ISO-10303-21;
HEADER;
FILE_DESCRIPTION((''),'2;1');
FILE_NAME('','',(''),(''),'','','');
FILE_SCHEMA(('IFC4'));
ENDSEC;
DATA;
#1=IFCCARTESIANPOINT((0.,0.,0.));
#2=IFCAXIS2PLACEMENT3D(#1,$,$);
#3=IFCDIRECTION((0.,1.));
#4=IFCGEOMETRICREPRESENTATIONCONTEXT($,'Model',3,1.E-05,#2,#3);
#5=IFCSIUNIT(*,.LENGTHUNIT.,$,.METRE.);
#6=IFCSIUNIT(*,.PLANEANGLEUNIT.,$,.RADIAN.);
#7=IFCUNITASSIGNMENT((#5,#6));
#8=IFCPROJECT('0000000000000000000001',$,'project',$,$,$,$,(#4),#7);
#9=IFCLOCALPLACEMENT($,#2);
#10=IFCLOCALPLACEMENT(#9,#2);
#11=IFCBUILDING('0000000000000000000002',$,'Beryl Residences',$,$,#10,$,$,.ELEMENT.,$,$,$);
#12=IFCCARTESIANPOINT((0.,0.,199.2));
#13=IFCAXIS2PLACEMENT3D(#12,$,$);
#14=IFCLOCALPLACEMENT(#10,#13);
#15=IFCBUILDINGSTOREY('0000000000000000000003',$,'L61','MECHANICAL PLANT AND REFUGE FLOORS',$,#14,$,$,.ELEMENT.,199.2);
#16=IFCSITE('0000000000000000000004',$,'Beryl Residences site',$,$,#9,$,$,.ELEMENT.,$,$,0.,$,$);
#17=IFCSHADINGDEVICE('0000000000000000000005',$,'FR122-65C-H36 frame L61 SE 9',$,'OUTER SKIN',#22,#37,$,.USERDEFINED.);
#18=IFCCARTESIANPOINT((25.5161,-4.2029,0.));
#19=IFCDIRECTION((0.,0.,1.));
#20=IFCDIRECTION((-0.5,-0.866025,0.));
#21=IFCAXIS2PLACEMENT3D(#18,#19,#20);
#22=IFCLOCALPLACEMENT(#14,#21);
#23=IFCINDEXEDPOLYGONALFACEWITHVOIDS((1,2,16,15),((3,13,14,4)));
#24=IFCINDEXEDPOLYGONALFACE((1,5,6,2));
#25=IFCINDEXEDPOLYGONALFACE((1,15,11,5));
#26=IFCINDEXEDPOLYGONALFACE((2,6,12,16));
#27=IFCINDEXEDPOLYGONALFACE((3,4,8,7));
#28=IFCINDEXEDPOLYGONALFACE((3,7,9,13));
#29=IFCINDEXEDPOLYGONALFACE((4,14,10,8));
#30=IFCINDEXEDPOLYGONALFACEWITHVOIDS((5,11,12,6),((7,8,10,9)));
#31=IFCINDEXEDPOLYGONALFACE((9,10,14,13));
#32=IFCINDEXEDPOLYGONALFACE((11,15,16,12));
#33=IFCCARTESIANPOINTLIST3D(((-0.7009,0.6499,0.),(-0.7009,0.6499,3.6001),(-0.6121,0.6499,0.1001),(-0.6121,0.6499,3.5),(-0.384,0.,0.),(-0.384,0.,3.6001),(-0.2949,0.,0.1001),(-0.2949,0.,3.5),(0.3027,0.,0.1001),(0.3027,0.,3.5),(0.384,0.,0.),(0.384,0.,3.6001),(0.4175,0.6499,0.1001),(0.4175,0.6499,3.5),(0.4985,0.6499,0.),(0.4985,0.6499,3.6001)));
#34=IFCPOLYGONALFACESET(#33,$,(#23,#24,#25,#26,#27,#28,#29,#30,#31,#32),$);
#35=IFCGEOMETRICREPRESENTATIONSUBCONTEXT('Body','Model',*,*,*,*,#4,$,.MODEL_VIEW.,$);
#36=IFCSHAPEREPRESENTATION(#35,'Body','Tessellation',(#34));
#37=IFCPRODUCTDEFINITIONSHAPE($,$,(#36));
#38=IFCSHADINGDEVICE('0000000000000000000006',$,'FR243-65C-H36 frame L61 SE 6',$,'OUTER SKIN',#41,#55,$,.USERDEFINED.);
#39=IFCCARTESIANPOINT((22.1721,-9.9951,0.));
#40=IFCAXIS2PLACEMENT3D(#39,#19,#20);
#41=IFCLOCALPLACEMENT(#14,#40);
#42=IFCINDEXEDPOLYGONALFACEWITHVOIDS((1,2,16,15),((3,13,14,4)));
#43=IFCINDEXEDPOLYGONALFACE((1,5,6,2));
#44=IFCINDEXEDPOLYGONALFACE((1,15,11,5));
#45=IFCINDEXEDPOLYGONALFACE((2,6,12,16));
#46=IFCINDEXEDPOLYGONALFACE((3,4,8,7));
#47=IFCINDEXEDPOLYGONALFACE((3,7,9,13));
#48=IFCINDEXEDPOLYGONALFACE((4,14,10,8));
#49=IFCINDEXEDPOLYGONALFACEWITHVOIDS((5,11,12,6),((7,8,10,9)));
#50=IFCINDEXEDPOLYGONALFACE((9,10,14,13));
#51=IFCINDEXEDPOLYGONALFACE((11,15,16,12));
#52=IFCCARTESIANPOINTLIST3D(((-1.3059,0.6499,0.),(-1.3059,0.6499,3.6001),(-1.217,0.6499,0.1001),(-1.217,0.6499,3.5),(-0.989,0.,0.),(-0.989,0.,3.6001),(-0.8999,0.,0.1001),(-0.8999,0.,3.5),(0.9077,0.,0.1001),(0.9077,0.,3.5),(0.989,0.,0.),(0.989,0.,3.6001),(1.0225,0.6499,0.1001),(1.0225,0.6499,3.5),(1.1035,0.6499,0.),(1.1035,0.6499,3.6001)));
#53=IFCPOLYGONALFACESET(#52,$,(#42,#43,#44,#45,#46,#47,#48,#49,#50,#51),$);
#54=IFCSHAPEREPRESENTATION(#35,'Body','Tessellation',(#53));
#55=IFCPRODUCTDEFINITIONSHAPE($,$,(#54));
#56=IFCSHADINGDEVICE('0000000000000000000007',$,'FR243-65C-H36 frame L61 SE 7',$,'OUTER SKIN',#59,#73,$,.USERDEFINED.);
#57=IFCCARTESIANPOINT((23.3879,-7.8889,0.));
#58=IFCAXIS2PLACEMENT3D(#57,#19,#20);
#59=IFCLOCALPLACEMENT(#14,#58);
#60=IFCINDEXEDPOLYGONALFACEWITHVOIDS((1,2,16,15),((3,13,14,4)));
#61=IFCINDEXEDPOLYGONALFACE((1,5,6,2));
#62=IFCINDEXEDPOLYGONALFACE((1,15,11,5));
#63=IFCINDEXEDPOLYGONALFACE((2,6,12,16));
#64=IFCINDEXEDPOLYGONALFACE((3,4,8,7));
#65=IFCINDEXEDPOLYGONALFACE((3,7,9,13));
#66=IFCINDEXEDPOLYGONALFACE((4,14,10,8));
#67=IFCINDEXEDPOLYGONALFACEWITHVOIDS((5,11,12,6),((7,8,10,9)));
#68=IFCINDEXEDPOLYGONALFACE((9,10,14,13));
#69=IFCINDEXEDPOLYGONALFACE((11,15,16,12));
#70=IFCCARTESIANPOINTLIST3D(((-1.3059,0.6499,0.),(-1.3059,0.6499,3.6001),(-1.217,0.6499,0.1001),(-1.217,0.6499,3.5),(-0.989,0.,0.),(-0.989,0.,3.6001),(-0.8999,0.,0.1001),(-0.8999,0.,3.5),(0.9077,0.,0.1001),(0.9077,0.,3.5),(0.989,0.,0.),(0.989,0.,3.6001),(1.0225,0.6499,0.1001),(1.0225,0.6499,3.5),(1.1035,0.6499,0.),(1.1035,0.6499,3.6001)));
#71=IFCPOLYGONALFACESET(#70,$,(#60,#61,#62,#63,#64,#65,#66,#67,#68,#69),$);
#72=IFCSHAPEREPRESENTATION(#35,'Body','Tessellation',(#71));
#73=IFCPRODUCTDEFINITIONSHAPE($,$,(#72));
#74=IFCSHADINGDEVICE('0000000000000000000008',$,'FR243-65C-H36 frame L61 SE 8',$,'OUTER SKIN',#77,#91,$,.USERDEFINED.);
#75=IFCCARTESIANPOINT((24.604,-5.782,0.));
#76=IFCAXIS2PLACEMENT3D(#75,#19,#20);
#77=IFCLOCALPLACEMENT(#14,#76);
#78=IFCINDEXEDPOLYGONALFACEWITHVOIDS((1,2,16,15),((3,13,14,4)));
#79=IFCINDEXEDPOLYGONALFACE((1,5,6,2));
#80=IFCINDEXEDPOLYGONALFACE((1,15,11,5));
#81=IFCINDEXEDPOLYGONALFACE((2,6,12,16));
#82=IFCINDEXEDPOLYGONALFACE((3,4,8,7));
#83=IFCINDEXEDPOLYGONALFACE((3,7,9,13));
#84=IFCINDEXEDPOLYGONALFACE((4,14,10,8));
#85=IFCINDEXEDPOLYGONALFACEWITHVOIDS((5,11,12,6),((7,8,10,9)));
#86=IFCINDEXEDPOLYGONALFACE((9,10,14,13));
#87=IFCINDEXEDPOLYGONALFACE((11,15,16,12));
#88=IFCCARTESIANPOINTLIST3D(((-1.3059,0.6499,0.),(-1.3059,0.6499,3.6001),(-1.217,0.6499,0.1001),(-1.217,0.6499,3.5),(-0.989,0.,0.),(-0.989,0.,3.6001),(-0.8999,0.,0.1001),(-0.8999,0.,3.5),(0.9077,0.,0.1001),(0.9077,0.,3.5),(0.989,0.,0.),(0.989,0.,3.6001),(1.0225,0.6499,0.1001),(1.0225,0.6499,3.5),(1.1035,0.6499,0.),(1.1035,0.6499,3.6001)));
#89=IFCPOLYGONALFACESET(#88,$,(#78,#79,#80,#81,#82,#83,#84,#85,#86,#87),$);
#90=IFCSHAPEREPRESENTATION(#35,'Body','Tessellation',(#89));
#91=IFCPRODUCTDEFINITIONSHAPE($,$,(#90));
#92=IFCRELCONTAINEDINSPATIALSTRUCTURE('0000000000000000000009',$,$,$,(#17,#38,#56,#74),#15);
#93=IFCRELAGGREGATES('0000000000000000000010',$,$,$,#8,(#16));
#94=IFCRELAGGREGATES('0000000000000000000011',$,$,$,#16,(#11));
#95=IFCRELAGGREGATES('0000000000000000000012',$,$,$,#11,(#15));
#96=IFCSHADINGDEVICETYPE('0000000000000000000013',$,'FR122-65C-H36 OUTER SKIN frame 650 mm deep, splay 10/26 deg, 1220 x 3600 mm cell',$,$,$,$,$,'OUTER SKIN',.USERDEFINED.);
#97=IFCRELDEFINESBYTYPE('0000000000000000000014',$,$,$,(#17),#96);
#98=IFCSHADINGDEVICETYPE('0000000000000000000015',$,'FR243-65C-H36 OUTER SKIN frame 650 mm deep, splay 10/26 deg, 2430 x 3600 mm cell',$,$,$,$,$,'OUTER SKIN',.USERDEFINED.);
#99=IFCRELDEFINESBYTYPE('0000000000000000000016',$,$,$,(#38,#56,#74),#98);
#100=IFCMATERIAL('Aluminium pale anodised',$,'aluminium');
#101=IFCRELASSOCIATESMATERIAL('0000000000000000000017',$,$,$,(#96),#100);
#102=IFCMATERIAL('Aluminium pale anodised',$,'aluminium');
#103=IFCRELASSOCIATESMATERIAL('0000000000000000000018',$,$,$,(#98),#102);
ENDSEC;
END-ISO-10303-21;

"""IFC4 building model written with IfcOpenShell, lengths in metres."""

from ifc_helpers import new_model, entity, si_unit, direction, frame, origin, place, context, subcontext, project, spatial, source, transform, mapped, material, type_object, type_shapes, element, save


model = new_model("IFC4")

# Units and contexts
model_context = context("Model", 3, precision=1e-05, world=origin(), true_north=direction((0.0, 1.0)))
body_context = subcontext(model_context, "Body", "Model", "MODEL_VIEW")
ifc_project = project(units=[si_unit("LENGTHUNIT", "METRE"), si_unit("PLANEANGLEUNIT", "RADIAN")], contexts=[model_context])

# Site, building, storey
site_placement = place(None, origin())
site = spatial("IfcSite", under=ifc_project, at=site_placement, Name="Beryl Residences site", CompositionType="ELEMENT", RefElevation=0.0)
building_placement = place(site_placement, origin())
building = spatial("IfcBuilding", under=site, at=building_placement, Name="Beryl Residences", CompositionType="ELEMENT")
storey_placement = place(building_placement, frame((0.0, 0.0, 199.2)))
storey = spatial("IfcBuildingStorey", under=building, at=storey_placement, Name="L61", Description="MECHANICAL PLANT AND REFUGE FLOORS", CompositionType="ELEMENT", Elevation=199.2)

# Shading devices
ifc_material_1 = material(Name="Aluminium pale anodised", Category="aluminium")
shading_device_type_1 = type_object("IfcShadingDeviceType", Name="FR122-65C-H36 OUTER SKIN frame 650 mm deep, splay 10/26 deg, 1220 x 3600 mm cell", ElementType="OUTER SKIN", PredefinedType="USERDEFINED", material=ifc_material_1)
cartesian_point_1 = entity("IfcCartesianPoint", [-0.384, 0.0])
cartesian_point_2 = entity("IfcCartesianPoint", [-0.3027, 0.1001])
cartesian_point_3 = entity("IfcCartesianPoint", [-0.4985, 0.0])
cartesian_point_4 = entity("IfcCartesianPoint", [-0.4175, 0.1001])
shared_shape_1 = source(origin(), body_context, "Body", "SweptSolid", [
    entity("IfcExtrudedAreaSolidTapered", entity("IfcArbitraryProfileDefWithVoids", "AREA", None, entity("IfcPolyline", [cartesian_point_1, entity("IfcCartesianPoint", [0.384, 0.0]), entity("IfcCartesianPoint", [0.384, 3.6001]), entity("IfcCartesianPoint", [-0.384, 3.6001]), cartesian_point_1]), [entity("IfcPolyline", [cartesian_point_2, entity("IfcCartesianPoint", [0.2949, 0.1001]), entity("IfcCartesianPoint", [0.2949, 3.5]), entity("IfcCartesianPoint", [-0.3027, 3.5]), cartesian_point_2])]), entity("IfcAxis2Placement3D", entity("IfcCartesianPoint", [0.0, 0.0, 0.0]), entity("IfcDirection", [0.0, 1.0, 0.0]), entity("IfcDirection", [-1.0, 0.0, 0.0])), entity("IfcDirection", [0.0, 0.0, 1.0]), 0.6499, entity("IfcArbitraryProfileDefWithVoids", "AREA", None, entity("IfcPolyline", [cartesian_point_3, entity("IfcCartesianPoint", [0.7009, 0.0]), entity("IfcCartesianPoint", [0.7009, 3.6001]), entity("IfcCartesianPoint", [-0.4985, 3.6001]), cartesian_point_3]), [entity("IfcPolyline", [cartesian_point_4, entity("IfcCartesianPoint", [0.6121, 0.1001]), entity("IfcCartesianPoint", [0.6121, 3.5]), entity("IfcCartesianPoint", [-0.4175, 3.5]), cartesian_point_4])])),
])
type_shapes(shading_device_type_1, [shared_shape_1])
shading_device_placement = place(storey_placement, frame((25.5161, -4.2029, 0.0), z_axis=(0.0, 0.0, 1.0), x_axis=(-0.5, -0.866025, 0.0)))
element("IfcShadingDevice", 1, at=shading_device_placement, inside=storey, type_object=shading_device_type_1, Name="FR122-65C-H36 frame L61 SE 9", ObjectType="OUTER SKIN", PredefinedType="USERDEFINED", context=body_context, shape_type="MappedRepresentation", body=[
    mapped(shared_shape_1, transform((0.0, 0.0, 0.0))),
])
ifc_material_2 = material(Name="Aluminium pale anodised", Category="aluminium")
shading_device_type_2 = type_object("IfcShadingDeviceType", Name="FR243-65C-H36 OUTER SKIN frame 650 mm deep, splay 10/26 deg, 2430 x 3600 mm cell", ElementType="OUTER SKIN", PredefinedType="USERDEFINED", material=ifc_material_2)
cartesian_point_5 = entity("IfcCartesianPoint", [-0.989, 0.0])
cartesian_point_6 = entity("IfcCartesianPoint", [-0.9077, 0.1001])
cartesian_point_7 = entity("IfcCartesianPoint", [-1.1035, 0.0])
cartesian_point_8 = entity("IfcCartesianPoint", [-1.0225, 0.1001])
shared_shape_2 = source(origin(), body_context, "Body", "SweptSolid", [
    entity("IfcExtrudedAreaSolidTapered", entity("IfcArbitraryProfileDefWithVoids", "AREA", None, entity("IfcPolyline", [cartesian_point_5, entity("IfcCartesianPoint", [0.989, 0.0]), entity("IfcCartesianPoint", [0.989, 3.6001]), entity("IfcCartesianPoint", [-0.989, 3.6001]), cartesian_point_5]), [entity("IfcPolyline", [cartesian_point_6, entity("IfcCartesianPoint", [0.8999, 0.1001]), entity("IfcCartesianPoint", [0.8999, 3.5]), entity("IfcCartesianPoint", [-0.9077, 3.5]), cartesian_point_6])]), entity("IfcAxis2Placement3D", entity("IfcCartesianPoint", [0.0, 0.0, 0.0]), entity("IfcDirection", [0.0, 1.0, 0.0]), entity("IfcDirection", [-1.0, 0.0, 0.0])), entity("IfcDirection", [0.0, 0.0, 1.0]), 0.6499, entity("IfcArbitraryProfileDefWithVoids", "AREA", None, entity("IfcPolyline", [cartesian_point_7, entity("IfcCartesianPoint", [1.3059, 0.0]), entity("IfcCartesianPoint", [1.3059, 3.6001]), entity("IfcCartesianPoint", [-1.1035, 3.6001]), cartesian_point_7]), [entity("IfcPolyline", [cartesian_point_8, entity("IfcCartesianPoint", [1.217, 0.1001]), entity("IfcCartesianPoint", [1.217, 3.5]), entity("IfcCartesianPoint", [-1.0225, 3.5]), cartesian_point_8])])),
])
type_shapes(shading_device_type_2, [shared_shape_2])
for number, where, z_axis, x_axis, name in (
    (2, (22.1721, -9.9951, 0.0), (0.0, 0.0, 1.0), (-0.5, -0.866025, 0.0), "FR243-65C-H36 frame L61 SE 6"),
    (3, (23.3879, -7.8889, 0.0), (0.0, 0.0, 1.0), (-0.5, -0.866025, 0.0), "FR243-65C-H36 frame L61 SE 7"),
    (4, (24.604, -5.782, 0.0), (0.0, 0.0, 1.0), (-0.5, -0.866025, 0.0), "FR243-65C-H36 frame L61 SE 8"),
):
    element("IfcShadingDevice", number, at=place(storey_placement, frame(where, z_axis=z_axis, x_axis=x_axis)), inside=storey, type_object=shading_device_type_2, Name=name, ObjectType="OUTER SKIN", PredefinedType="USERDEFINED", context=body_context, shape_type="MappedRepresentation", body=[
        mapped(shared_shape_2, transform((0.0, 0.0, 0.0))),
    ])

save(model, "model.ifc")
